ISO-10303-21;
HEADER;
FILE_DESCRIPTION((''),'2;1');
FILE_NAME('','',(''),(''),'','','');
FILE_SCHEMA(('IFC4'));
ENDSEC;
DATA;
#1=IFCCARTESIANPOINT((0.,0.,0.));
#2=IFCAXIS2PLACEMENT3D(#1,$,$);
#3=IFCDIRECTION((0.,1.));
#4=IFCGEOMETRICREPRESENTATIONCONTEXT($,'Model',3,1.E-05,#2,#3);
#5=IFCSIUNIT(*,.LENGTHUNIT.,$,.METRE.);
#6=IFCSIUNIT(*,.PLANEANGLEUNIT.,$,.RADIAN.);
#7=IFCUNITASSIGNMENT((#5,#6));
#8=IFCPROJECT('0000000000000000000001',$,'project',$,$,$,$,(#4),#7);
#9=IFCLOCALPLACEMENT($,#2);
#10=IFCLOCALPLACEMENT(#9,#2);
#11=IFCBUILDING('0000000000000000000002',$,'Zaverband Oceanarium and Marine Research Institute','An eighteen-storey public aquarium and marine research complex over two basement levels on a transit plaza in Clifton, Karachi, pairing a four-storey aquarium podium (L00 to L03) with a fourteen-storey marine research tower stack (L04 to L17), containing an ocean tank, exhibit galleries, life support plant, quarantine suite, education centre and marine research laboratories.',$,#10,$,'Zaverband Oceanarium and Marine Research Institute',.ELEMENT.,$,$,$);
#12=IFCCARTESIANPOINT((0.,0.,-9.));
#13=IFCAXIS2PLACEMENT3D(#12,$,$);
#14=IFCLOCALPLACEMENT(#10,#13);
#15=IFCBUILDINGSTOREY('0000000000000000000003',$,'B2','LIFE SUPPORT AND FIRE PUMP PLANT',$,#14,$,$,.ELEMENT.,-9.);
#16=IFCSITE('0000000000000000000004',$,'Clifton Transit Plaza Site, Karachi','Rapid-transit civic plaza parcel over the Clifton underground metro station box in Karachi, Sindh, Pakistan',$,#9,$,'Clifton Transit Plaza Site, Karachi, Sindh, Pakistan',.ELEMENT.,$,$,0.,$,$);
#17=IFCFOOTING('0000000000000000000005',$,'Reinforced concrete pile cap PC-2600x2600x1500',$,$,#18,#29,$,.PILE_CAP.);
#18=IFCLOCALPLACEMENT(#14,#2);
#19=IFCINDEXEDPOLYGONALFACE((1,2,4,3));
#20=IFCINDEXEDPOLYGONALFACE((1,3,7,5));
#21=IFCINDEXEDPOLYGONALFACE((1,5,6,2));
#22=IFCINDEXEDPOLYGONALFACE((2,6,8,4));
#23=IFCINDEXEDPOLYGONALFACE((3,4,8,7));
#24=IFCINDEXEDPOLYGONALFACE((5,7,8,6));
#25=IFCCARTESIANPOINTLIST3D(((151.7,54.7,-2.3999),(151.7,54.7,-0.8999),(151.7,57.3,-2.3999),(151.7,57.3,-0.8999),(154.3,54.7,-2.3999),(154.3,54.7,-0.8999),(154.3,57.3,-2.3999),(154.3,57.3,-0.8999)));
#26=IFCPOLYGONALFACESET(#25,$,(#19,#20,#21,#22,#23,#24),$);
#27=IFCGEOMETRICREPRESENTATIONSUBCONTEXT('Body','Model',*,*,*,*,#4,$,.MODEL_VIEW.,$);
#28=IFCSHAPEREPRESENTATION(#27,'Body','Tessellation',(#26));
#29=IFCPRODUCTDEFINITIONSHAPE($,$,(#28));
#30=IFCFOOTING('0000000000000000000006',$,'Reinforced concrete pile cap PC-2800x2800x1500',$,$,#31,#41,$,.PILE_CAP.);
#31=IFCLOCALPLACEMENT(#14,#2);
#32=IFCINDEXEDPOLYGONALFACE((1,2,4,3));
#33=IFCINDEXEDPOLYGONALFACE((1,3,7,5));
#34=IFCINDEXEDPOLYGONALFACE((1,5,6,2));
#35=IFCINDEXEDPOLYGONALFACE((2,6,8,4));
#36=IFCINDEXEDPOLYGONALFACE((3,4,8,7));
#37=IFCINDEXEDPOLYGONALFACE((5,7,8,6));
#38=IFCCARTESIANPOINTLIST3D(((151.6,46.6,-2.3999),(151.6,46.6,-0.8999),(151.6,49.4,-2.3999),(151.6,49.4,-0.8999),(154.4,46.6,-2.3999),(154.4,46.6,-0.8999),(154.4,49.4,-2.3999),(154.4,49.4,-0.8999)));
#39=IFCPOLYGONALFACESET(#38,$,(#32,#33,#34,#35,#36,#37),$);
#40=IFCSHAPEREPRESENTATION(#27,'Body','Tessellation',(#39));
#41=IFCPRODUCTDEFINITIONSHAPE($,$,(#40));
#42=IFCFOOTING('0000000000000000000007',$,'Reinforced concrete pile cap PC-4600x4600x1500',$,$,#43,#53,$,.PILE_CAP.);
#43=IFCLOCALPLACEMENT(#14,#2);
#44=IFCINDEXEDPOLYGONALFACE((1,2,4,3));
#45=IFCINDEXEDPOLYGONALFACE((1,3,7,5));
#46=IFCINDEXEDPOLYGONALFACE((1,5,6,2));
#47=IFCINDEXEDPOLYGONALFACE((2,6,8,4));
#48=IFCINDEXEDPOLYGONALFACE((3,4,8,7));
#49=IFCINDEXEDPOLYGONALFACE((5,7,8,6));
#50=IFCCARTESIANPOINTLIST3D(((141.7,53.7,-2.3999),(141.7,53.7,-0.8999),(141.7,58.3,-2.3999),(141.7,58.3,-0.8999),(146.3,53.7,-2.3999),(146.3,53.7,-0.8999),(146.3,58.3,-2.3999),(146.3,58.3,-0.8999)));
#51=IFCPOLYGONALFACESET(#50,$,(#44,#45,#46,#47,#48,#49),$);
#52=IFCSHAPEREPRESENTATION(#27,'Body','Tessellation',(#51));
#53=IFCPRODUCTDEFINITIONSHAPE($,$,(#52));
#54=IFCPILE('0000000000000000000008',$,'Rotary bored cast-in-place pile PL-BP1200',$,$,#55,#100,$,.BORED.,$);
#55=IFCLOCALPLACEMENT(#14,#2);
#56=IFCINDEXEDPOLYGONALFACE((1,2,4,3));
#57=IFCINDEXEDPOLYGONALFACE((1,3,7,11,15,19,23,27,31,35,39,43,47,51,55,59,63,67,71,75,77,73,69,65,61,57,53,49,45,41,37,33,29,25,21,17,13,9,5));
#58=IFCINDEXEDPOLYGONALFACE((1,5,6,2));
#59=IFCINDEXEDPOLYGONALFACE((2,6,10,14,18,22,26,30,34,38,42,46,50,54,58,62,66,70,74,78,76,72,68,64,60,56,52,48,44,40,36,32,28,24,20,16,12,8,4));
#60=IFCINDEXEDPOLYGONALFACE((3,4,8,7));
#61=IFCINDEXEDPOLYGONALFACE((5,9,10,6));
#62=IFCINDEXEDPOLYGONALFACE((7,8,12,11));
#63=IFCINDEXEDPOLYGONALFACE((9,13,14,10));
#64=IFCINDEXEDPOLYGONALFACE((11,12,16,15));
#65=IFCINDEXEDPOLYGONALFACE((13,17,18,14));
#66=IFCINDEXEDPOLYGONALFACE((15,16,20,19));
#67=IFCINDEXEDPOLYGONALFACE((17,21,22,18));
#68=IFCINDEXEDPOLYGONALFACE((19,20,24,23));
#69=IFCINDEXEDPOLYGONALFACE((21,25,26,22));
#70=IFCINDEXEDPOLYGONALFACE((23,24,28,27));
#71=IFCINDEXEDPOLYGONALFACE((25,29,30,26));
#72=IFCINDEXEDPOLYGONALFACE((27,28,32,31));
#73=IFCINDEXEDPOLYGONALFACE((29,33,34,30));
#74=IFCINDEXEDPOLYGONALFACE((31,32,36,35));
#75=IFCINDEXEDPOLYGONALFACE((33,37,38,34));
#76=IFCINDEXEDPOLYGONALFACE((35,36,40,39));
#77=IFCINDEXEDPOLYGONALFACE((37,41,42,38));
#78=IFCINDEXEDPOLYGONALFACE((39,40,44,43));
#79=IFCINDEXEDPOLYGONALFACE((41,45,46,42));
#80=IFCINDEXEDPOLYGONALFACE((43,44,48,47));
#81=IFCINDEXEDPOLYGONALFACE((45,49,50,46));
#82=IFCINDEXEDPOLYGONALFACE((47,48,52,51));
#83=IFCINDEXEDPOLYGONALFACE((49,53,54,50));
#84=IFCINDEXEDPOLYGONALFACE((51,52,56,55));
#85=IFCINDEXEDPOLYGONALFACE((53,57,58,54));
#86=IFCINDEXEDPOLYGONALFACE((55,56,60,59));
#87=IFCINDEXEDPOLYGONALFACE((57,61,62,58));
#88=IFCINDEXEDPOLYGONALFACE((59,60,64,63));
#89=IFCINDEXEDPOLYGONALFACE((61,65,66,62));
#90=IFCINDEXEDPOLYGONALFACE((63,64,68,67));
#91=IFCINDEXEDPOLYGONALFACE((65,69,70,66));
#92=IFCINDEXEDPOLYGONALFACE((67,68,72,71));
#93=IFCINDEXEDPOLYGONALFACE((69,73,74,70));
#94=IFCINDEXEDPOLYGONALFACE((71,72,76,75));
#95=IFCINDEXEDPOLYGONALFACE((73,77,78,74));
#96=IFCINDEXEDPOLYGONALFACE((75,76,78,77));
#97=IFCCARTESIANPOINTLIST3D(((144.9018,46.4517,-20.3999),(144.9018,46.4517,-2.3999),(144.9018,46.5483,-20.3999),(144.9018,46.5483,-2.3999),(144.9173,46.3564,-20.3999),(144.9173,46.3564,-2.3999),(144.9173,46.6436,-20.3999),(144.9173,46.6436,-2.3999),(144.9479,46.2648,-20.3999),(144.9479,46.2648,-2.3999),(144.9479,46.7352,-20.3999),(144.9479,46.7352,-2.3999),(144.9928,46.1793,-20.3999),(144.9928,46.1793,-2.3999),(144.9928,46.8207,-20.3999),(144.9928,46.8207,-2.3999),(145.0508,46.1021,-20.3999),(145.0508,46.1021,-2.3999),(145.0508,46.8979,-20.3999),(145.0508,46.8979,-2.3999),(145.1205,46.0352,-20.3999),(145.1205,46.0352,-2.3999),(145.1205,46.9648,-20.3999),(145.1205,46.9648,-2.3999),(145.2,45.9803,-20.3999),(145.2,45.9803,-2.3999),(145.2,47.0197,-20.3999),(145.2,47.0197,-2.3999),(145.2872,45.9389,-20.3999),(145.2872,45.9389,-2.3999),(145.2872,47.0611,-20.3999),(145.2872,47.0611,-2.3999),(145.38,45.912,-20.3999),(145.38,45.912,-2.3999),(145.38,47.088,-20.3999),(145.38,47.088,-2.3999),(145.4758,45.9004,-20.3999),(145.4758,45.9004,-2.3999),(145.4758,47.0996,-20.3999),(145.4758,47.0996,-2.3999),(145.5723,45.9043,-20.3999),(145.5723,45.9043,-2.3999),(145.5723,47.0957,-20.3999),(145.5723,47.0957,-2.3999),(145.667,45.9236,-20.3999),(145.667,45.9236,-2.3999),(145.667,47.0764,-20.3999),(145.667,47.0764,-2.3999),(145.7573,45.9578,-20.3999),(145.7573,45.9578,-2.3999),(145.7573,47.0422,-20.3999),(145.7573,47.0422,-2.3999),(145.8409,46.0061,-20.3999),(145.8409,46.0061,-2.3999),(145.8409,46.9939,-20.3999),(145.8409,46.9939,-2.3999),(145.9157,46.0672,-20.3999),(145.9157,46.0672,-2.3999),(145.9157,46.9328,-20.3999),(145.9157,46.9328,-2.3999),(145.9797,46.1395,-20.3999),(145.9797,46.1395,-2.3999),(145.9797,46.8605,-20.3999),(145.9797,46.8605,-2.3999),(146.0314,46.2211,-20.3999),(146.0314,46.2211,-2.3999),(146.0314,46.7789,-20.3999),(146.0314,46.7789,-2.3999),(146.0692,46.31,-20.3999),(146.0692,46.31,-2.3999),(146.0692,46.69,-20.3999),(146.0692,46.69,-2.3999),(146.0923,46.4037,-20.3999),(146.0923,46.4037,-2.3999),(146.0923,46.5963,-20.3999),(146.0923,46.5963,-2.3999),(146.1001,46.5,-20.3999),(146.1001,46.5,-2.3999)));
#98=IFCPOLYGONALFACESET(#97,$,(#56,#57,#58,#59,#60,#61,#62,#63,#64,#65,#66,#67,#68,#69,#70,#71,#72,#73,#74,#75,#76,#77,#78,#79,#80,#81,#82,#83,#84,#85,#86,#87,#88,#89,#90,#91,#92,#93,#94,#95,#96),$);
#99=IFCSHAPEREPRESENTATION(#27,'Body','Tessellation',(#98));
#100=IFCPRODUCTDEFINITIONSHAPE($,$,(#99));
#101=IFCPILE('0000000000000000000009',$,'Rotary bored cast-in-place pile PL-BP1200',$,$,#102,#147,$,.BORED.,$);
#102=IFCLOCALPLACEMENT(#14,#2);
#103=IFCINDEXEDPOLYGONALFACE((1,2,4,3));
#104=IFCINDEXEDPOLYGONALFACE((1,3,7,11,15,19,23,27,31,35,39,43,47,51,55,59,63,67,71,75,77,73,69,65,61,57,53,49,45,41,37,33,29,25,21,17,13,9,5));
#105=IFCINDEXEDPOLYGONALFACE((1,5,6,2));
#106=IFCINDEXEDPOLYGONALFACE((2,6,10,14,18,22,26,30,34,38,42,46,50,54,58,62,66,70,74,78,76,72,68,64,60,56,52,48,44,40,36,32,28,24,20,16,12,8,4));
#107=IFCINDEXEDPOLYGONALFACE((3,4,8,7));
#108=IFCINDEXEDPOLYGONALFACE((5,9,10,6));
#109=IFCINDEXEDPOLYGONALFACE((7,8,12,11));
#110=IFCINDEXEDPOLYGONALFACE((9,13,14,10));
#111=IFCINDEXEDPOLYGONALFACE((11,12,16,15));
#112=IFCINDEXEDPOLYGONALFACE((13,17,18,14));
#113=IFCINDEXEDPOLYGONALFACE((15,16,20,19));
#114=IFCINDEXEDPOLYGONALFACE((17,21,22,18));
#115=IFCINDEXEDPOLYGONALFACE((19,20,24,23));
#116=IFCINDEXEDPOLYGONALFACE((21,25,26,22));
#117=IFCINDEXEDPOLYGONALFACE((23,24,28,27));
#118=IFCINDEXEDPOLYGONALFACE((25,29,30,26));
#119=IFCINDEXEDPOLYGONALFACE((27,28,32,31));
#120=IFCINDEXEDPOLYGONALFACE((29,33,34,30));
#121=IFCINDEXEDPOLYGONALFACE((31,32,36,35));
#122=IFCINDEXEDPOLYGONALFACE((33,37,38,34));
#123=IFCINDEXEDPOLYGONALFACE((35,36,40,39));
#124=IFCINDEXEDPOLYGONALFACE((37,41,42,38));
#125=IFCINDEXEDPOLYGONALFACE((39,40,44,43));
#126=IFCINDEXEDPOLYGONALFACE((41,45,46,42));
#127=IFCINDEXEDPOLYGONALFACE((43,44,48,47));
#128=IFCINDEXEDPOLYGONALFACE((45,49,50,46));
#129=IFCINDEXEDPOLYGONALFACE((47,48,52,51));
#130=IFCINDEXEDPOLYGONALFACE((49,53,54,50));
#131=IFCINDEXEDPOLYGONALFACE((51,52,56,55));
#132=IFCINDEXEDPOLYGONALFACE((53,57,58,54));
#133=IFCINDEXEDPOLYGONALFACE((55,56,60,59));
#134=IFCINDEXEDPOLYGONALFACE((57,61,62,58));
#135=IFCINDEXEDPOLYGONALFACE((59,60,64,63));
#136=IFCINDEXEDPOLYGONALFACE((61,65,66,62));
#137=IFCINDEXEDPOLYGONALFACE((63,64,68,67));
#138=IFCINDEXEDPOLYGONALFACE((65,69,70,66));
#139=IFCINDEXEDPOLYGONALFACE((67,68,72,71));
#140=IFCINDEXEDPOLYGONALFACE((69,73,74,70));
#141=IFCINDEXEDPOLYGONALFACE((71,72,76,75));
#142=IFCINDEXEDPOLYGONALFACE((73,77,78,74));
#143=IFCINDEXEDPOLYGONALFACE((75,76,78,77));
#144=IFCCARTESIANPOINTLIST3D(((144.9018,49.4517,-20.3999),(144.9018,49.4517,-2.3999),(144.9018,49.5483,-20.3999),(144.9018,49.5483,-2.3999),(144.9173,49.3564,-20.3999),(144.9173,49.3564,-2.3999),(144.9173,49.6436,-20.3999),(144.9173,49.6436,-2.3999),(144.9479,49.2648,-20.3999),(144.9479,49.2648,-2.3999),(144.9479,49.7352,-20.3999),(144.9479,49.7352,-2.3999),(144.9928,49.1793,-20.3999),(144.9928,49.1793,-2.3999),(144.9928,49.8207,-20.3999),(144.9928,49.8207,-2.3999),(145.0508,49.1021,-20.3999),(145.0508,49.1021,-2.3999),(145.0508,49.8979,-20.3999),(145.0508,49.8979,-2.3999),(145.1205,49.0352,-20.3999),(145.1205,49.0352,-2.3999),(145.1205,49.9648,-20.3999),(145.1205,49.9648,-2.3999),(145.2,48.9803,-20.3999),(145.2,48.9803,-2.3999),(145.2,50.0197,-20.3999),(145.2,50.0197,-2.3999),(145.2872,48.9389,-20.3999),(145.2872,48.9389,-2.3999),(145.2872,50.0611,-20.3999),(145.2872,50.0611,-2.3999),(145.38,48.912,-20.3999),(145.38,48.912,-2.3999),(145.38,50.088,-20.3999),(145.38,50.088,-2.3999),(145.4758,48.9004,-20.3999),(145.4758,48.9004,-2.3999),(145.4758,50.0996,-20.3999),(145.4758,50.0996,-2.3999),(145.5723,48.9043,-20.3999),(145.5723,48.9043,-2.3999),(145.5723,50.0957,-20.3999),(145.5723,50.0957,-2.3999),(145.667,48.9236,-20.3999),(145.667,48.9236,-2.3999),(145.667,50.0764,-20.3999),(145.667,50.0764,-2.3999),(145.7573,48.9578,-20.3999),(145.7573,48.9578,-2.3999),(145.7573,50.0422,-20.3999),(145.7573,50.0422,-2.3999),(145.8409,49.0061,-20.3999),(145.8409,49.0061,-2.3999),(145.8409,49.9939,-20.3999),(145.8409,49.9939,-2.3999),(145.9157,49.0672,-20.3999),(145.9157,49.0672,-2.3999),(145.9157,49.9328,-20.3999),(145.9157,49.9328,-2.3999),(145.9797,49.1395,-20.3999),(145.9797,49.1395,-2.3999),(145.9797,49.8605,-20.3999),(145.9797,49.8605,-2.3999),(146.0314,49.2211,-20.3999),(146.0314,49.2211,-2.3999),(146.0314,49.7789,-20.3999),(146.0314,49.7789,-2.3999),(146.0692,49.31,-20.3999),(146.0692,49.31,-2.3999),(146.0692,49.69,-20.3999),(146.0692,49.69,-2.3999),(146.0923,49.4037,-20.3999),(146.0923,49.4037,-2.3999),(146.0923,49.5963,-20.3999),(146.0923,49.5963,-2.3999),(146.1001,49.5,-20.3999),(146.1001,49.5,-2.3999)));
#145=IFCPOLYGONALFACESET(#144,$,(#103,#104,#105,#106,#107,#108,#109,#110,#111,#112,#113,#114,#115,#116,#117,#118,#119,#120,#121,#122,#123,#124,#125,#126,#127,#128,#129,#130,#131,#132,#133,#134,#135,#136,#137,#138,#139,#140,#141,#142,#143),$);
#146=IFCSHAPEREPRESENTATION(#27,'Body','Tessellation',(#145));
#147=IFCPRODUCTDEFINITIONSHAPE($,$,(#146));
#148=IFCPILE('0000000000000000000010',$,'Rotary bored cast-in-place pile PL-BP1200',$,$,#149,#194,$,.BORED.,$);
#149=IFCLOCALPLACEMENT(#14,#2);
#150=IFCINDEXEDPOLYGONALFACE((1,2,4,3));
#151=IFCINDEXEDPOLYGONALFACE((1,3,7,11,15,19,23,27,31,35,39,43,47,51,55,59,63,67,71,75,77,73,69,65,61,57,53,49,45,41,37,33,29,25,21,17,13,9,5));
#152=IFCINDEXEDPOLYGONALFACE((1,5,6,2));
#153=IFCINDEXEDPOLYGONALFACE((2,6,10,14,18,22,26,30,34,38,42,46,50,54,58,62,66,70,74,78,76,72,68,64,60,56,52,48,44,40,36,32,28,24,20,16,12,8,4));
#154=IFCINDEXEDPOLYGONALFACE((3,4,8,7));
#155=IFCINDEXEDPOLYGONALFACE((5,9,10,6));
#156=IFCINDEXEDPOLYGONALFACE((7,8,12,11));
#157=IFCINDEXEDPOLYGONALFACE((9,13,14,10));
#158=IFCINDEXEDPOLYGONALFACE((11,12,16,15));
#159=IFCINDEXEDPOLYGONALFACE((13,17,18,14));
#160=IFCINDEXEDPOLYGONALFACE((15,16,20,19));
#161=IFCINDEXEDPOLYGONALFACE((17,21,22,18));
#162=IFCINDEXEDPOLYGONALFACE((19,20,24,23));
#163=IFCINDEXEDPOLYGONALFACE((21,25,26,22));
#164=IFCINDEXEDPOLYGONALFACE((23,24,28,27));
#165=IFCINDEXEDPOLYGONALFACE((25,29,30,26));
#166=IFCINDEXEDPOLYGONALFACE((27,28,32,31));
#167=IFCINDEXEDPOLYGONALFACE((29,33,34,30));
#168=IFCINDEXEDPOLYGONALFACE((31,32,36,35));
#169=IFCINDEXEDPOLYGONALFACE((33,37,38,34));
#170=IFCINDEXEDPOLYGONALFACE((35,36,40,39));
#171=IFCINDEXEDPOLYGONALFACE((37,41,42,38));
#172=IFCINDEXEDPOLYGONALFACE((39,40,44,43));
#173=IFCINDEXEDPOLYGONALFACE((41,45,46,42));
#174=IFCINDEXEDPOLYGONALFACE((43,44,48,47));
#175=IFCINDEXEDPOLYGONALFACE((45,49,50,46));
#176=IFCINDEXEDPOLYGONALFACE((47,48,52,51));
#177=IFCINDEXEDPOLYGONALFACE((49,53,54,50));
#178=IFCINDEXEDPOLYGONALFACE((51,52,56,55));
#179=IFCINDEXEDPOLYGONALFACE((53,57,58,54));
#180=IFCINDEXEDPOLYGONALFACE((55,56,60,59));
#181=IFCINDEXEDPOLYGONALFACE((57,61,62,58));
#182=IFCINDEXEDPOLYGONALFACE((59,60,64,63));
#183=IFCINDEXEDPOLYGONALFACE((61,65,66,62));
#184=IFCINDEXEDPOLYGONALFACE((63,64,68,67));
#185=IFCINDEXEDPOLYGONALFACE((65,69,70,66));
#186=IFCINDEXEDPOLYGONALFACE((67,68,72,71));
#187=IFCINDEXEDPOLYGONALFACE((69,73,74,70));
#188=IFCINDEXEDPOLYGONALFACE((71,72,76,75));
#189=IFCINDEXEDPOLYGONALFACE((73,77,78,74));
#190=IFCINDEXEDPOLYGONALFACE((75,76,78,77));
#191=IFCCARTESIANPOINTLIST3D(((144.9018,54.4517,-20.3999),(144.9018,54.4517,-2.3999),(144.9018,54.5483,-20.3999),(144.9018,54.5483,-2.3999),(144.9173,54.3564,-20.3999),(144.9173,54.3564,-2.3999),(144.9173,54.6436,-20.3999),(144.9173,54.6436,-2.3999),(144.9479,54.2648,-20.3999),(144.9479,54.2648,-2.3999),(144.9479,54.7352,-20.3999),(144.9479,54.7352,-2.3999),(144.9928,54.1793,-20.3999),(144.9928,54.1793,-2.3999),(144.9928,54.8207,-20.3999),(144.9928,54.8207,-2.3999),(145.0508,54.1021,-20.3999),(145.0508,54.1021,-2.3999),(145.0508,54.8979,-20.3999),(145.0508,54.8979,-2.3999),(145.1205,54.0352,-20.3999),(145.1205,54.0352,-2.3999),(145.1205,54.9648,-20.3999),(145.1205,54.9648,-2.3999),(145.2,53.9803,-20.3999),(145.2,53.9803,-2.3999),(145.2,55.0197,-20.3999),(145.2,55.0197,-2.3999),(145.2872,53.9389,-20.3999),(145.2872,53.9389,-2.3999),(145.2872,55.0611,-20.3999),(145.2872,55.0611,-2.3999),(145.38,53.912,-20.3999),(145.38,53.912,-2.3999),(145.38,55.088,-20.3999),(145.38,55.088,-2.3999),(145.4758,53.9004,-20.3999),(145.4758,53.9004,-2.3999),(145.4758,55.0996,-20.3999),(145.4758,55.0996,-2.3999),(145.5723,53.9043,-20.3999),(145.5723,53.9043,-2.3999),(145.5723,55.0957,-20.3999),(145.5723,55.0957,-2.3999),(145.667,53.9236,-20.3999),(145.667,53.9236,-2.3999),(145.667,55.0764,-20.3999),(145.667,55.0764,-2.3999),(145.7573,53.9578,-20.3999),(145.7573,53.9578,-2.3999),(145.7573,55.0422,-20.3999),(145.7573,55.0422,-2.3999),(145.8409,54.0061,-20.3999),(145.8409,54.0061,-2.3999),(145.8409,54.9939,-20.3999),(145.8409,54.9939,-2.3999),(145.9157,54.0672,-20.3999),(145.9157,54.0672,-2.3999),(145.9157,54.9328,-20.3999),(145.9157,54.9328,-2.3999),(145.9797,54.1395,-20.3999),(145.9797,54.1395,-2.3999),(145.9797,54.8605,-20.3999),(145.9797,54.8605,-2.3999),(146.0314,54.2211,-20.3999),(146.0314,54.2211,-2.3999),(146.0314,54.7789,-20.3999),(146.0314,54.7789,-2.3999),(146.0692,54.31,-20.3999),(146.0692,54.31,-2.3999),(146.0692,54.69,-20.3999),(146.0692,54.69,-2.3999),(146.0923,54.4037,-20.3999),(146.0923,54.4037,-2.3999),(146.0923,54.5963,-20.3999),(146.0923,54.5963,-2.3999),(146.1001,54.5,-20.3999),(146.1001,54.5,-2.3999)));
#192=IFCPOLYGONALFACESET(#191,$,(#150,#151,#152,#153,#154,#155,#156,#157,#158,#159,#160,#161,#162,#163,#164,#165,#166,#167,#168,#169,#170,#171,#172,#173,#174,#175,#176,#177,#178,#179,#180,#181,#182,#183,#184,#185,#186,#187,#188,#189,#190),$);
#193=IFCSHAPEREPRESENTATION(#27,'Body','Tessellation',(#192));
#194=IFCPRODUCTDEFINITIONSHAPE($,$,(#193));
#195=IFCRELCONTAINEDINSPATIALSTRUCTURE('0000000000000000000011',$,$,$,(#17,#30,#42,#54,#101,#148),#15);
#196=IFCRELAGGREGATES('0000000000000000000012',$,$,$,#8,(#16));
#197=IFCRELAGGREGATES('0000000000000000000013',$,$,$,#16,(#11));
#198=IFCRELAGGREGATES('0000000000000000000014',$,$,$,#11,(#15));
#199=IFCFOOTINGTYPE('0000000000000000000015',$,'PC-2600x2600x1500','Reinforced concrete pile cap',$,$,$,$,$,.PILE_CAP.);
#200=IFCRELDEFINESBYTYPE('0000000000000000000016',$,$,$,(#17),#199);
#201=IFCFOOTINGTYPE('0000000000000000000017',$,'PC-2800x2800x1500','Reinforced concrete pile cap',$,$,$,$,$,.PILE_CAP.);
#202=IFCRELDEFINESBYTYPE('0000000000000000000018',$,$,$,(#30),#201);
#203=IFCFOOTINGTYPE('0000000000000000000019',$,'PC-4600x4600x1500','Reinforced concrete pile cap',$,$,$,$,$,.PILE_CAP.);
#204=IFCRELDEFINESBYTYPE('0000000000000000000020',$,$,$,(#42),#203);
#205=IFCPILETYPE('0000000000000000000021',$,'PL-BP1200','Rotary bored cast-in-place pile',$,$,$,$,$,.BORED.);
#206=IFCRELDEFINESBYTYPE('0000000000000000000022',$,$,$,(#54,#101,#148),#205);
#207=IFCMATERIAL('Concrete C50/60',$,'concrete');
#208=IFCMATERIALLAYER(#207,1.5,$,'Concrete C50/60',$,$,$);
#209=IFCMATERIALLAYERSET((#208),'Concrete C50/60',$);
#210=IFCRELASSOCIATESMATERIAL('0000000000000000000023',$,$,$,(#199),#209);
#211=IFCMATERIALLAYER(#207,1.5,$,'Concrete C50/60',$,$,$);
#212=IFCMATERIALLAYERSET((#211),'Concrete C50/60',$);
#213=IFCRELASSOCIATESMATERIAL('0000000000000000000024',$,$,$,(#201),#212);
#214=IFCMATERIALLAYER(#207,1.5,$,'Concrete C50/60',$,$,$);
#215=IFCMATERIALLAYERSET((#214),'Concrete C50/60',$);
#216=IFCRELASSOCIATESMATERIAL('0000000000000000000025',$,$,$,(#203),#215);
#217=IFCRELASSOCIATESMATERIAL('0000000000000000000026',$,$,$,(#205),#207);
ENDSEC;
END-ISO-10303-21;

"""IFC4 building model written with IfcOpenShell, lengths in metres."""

from ifc_helpers import new_model, si_unit, direction, frame, origin, origin_2d, place, context, subcontext, project, spatial, rectangle, circle, extrude, material, layer, layer_set, material_profile, profile_set, type_object, element, save


model = new_model("IFC4")

# Units and contexts
model_context = context("Model", 3, precision=1e-05, world=origin(), true_north=direction((0.0, 1.0)))
body_context = subcontext(model_context, "Body", "Model", "MODEL_VIEW")
ifc_project = project(units=[si_unit("LENGTHUNIT", "METRE"), si_unit("PLANEANGLEUNIT", "RADIAN")], contexts=[model_context])

# Site, building, storey
site_placement = place(None, origin())
site = spatial("IfcSite", under=ifc_project, at=site_placement, Name="Clifton Transit Plaza Site, Karachi", Description="Rapid-transit civic plaza parcel over the Clifton underground metro station box in Karachi, Sindh, Pakistan", LongName="Clifton Transit Plaza Site, Karachi, Sindh, Pakistan", CompositionType="ELEMENT", RefElevation=0.0)
building_placement = place(site_placement, origin())
building = spatial("IfcBuilding", under=site, at=building_placement, Name="Zaverband Oceanarium and Marine Research Institute", Description="An eighteen-storey public aquarium and marine research complex over two basement levels on a transit plaza in Clifton, Karachi, pairing a four-storey aquarium podium (L00 to L03) with a fourteen-storey marine research tower stack (L04 to L17), containing an ocean tank, exhibit galleries, life support plant, quarantine suite, education centre and marine research laboratories.", LongName="Zaverband Oceanarium and Marine Research Institute", CompositionType="ELEMENT")
storey_placement = place(building_placement, frame((0.0, 0.0, -9.0)))
storey = spatial("IfcBuildingStorey", under=building, at=storey_placement, Name="B2", Description="LIFE SUPPORT AND FIRE PUMP PLANT", CompositionType="ELEMENT", Elevation=-9.0)

# Footings
ifc_material_1 = material(Name="Concrete C50/60", Category="concrete")
ifc_layer_1 = layer(ifc_material_1, 1.5, Name="Concrete C50/60")
ifc_layer_set_1 = layer_set([ifc_layer_1], Name="Concrete C50/60")
footing_type_1 = type_object("IfcFootingType", Name="PC-2600x2600x1500", Description="Reinforced concrete pile cap", PredefinedType="PILE_CAP", material=ifc_layer_set_1)
footing_1_placement = place(storey_placement, frame((153.0, 56.0, -2.3999), z_axis=(0.0, 0.0, 1.0), x_axis=(1.0, 0.0, 0.0)))
element("IfcFooting", 1, at=footing_1_placement, inside=storey, type_object=footing_type_1, Name="Reinforced concrete pile cap PC-2600x2600x1500", PredefinedType="PILE_CAP", context=body_context, shape_type="SweptSolid", body=[
    extrude(rectangle(XDim=2.6001, YDim=2.6001, at=origin_2d()), origin(), (0.0, 0.0, 1.0), 1.5),
])
ifc_layer_2 = layer(ifc_material_1, 1.5, Name="Concrete C50/60")
ifc_layer_set_2 = layer_set([ifc_layer_2], Name="Concrete C50/60")
footing_type_2 = type_object("IfcFootingType", Name="PC-2800x2800x1500", Description="Reinforced concrete pile cap", PredefinedType="PILE_CAP", material=ifc_layer_set_2)
footing_2_placement = place(storey_placement, frame((153.0, 48.0, -2.3999), z_axis=(0.0, 0.0, 1.0), x_axis=(1.0, 0.0, 0.0)))
element("IfcFooting", 2, at=footing_2_placement, inside=storey, type_object=footing_type_2, Name="Reinforced concrete pile cap PC-2800x2800x1500", PredefinedType="PILE_CAP", context=body_context, shape_type="SweptSolid", body=[
    extrude(rectangle(XDim=2.8, YDim=2.8, at=origin_2d()), origin(), (0.0, 0.0, 1.0), 1.5),
])
ifc_layer_3 = layer(ifc_material_1, 1.5, Name="Concrete C50/60")
ifc_layer_set_3 = layer_set([ifc_layer_3], Name="Concrete C50/60")
footing_type_3 = type_object("IfcFootingType", Name="PC-4600x4600x1500", Description="Reinforced concrete pile cap", PredefinedType="PILE_CAP", material=ifc_layer_set_3)
footing_3_placement = place(storey_placement, frame((144.0, 56.0, -2.3999), z_axis=(0.0, 0.0, 1.0), x_axis=(1.0, 0.0, 0.0)))
element("IfcFooting", 3, at=footing_3_placement, inside=storey, type_object=footing_type_3, Name="Reinforced concrete pile cap PC-4600x4600x1500", PredefinedType="PILE_CAP", context=body_context, shape_type="SweptSolid", body=[
    extrude(rectangle(XDim=4.6001, YDim=4.6001, at=origin_2d()), origin(), (0.0, 0.0, 1.0), 1.5),
])

# Piles
ifc_material_profile_1 = material_profile(ifc_material_1, circle(Radius=0.6001, at=origin_2d()), Name="BP1200")
ifc_profile_set_1 = profile_set([ifc_material_profile_1], Name="Concrete C50/60")
pile_type = type_object("IfcPileType", Name="PL-BP1200", Description="Rotary bored cast-in-place pile", PredefinedType="BORED", material=ifc_profile_set_1)
for number, where, z_axis, x_axis, name in (
    (4, (145.5, 46.5, -2.3999), (0.0, 0.0, -1.0), (1.0, 0.0, 0.0), "Rotary bored cast-in-place pile PL-BP1200"),
    (5, (145.5, 49.5, -2.3999), (0.0, 0.0, -1.0), (1.0, 0.0, 0.0), "Rotary bored cast-in-place pile PL-BP1200"),
    (6, (145.5, 54.5, -2.3999), (0.0, 0.0, -1.0), (1.0, 0.0, 0.0), "Rotary bored cast-in-place pile PL-BP1200"),
):
    element("IfcPile", number, at=place(storey_placement, frame(where, z_axis=z_axis, x_axis=x_axis)), inside=storey, type_object=pile_type, Name=name, PredefinedType="BORED", context=body_context, shape_type="SweptSolid", body=[
        extrude(circle(Radius=0.6001, at=origin_2d()), origin(), (0.0, 0.0, 1.0), 18.0),
    ])

save(model, "model.ifc")
